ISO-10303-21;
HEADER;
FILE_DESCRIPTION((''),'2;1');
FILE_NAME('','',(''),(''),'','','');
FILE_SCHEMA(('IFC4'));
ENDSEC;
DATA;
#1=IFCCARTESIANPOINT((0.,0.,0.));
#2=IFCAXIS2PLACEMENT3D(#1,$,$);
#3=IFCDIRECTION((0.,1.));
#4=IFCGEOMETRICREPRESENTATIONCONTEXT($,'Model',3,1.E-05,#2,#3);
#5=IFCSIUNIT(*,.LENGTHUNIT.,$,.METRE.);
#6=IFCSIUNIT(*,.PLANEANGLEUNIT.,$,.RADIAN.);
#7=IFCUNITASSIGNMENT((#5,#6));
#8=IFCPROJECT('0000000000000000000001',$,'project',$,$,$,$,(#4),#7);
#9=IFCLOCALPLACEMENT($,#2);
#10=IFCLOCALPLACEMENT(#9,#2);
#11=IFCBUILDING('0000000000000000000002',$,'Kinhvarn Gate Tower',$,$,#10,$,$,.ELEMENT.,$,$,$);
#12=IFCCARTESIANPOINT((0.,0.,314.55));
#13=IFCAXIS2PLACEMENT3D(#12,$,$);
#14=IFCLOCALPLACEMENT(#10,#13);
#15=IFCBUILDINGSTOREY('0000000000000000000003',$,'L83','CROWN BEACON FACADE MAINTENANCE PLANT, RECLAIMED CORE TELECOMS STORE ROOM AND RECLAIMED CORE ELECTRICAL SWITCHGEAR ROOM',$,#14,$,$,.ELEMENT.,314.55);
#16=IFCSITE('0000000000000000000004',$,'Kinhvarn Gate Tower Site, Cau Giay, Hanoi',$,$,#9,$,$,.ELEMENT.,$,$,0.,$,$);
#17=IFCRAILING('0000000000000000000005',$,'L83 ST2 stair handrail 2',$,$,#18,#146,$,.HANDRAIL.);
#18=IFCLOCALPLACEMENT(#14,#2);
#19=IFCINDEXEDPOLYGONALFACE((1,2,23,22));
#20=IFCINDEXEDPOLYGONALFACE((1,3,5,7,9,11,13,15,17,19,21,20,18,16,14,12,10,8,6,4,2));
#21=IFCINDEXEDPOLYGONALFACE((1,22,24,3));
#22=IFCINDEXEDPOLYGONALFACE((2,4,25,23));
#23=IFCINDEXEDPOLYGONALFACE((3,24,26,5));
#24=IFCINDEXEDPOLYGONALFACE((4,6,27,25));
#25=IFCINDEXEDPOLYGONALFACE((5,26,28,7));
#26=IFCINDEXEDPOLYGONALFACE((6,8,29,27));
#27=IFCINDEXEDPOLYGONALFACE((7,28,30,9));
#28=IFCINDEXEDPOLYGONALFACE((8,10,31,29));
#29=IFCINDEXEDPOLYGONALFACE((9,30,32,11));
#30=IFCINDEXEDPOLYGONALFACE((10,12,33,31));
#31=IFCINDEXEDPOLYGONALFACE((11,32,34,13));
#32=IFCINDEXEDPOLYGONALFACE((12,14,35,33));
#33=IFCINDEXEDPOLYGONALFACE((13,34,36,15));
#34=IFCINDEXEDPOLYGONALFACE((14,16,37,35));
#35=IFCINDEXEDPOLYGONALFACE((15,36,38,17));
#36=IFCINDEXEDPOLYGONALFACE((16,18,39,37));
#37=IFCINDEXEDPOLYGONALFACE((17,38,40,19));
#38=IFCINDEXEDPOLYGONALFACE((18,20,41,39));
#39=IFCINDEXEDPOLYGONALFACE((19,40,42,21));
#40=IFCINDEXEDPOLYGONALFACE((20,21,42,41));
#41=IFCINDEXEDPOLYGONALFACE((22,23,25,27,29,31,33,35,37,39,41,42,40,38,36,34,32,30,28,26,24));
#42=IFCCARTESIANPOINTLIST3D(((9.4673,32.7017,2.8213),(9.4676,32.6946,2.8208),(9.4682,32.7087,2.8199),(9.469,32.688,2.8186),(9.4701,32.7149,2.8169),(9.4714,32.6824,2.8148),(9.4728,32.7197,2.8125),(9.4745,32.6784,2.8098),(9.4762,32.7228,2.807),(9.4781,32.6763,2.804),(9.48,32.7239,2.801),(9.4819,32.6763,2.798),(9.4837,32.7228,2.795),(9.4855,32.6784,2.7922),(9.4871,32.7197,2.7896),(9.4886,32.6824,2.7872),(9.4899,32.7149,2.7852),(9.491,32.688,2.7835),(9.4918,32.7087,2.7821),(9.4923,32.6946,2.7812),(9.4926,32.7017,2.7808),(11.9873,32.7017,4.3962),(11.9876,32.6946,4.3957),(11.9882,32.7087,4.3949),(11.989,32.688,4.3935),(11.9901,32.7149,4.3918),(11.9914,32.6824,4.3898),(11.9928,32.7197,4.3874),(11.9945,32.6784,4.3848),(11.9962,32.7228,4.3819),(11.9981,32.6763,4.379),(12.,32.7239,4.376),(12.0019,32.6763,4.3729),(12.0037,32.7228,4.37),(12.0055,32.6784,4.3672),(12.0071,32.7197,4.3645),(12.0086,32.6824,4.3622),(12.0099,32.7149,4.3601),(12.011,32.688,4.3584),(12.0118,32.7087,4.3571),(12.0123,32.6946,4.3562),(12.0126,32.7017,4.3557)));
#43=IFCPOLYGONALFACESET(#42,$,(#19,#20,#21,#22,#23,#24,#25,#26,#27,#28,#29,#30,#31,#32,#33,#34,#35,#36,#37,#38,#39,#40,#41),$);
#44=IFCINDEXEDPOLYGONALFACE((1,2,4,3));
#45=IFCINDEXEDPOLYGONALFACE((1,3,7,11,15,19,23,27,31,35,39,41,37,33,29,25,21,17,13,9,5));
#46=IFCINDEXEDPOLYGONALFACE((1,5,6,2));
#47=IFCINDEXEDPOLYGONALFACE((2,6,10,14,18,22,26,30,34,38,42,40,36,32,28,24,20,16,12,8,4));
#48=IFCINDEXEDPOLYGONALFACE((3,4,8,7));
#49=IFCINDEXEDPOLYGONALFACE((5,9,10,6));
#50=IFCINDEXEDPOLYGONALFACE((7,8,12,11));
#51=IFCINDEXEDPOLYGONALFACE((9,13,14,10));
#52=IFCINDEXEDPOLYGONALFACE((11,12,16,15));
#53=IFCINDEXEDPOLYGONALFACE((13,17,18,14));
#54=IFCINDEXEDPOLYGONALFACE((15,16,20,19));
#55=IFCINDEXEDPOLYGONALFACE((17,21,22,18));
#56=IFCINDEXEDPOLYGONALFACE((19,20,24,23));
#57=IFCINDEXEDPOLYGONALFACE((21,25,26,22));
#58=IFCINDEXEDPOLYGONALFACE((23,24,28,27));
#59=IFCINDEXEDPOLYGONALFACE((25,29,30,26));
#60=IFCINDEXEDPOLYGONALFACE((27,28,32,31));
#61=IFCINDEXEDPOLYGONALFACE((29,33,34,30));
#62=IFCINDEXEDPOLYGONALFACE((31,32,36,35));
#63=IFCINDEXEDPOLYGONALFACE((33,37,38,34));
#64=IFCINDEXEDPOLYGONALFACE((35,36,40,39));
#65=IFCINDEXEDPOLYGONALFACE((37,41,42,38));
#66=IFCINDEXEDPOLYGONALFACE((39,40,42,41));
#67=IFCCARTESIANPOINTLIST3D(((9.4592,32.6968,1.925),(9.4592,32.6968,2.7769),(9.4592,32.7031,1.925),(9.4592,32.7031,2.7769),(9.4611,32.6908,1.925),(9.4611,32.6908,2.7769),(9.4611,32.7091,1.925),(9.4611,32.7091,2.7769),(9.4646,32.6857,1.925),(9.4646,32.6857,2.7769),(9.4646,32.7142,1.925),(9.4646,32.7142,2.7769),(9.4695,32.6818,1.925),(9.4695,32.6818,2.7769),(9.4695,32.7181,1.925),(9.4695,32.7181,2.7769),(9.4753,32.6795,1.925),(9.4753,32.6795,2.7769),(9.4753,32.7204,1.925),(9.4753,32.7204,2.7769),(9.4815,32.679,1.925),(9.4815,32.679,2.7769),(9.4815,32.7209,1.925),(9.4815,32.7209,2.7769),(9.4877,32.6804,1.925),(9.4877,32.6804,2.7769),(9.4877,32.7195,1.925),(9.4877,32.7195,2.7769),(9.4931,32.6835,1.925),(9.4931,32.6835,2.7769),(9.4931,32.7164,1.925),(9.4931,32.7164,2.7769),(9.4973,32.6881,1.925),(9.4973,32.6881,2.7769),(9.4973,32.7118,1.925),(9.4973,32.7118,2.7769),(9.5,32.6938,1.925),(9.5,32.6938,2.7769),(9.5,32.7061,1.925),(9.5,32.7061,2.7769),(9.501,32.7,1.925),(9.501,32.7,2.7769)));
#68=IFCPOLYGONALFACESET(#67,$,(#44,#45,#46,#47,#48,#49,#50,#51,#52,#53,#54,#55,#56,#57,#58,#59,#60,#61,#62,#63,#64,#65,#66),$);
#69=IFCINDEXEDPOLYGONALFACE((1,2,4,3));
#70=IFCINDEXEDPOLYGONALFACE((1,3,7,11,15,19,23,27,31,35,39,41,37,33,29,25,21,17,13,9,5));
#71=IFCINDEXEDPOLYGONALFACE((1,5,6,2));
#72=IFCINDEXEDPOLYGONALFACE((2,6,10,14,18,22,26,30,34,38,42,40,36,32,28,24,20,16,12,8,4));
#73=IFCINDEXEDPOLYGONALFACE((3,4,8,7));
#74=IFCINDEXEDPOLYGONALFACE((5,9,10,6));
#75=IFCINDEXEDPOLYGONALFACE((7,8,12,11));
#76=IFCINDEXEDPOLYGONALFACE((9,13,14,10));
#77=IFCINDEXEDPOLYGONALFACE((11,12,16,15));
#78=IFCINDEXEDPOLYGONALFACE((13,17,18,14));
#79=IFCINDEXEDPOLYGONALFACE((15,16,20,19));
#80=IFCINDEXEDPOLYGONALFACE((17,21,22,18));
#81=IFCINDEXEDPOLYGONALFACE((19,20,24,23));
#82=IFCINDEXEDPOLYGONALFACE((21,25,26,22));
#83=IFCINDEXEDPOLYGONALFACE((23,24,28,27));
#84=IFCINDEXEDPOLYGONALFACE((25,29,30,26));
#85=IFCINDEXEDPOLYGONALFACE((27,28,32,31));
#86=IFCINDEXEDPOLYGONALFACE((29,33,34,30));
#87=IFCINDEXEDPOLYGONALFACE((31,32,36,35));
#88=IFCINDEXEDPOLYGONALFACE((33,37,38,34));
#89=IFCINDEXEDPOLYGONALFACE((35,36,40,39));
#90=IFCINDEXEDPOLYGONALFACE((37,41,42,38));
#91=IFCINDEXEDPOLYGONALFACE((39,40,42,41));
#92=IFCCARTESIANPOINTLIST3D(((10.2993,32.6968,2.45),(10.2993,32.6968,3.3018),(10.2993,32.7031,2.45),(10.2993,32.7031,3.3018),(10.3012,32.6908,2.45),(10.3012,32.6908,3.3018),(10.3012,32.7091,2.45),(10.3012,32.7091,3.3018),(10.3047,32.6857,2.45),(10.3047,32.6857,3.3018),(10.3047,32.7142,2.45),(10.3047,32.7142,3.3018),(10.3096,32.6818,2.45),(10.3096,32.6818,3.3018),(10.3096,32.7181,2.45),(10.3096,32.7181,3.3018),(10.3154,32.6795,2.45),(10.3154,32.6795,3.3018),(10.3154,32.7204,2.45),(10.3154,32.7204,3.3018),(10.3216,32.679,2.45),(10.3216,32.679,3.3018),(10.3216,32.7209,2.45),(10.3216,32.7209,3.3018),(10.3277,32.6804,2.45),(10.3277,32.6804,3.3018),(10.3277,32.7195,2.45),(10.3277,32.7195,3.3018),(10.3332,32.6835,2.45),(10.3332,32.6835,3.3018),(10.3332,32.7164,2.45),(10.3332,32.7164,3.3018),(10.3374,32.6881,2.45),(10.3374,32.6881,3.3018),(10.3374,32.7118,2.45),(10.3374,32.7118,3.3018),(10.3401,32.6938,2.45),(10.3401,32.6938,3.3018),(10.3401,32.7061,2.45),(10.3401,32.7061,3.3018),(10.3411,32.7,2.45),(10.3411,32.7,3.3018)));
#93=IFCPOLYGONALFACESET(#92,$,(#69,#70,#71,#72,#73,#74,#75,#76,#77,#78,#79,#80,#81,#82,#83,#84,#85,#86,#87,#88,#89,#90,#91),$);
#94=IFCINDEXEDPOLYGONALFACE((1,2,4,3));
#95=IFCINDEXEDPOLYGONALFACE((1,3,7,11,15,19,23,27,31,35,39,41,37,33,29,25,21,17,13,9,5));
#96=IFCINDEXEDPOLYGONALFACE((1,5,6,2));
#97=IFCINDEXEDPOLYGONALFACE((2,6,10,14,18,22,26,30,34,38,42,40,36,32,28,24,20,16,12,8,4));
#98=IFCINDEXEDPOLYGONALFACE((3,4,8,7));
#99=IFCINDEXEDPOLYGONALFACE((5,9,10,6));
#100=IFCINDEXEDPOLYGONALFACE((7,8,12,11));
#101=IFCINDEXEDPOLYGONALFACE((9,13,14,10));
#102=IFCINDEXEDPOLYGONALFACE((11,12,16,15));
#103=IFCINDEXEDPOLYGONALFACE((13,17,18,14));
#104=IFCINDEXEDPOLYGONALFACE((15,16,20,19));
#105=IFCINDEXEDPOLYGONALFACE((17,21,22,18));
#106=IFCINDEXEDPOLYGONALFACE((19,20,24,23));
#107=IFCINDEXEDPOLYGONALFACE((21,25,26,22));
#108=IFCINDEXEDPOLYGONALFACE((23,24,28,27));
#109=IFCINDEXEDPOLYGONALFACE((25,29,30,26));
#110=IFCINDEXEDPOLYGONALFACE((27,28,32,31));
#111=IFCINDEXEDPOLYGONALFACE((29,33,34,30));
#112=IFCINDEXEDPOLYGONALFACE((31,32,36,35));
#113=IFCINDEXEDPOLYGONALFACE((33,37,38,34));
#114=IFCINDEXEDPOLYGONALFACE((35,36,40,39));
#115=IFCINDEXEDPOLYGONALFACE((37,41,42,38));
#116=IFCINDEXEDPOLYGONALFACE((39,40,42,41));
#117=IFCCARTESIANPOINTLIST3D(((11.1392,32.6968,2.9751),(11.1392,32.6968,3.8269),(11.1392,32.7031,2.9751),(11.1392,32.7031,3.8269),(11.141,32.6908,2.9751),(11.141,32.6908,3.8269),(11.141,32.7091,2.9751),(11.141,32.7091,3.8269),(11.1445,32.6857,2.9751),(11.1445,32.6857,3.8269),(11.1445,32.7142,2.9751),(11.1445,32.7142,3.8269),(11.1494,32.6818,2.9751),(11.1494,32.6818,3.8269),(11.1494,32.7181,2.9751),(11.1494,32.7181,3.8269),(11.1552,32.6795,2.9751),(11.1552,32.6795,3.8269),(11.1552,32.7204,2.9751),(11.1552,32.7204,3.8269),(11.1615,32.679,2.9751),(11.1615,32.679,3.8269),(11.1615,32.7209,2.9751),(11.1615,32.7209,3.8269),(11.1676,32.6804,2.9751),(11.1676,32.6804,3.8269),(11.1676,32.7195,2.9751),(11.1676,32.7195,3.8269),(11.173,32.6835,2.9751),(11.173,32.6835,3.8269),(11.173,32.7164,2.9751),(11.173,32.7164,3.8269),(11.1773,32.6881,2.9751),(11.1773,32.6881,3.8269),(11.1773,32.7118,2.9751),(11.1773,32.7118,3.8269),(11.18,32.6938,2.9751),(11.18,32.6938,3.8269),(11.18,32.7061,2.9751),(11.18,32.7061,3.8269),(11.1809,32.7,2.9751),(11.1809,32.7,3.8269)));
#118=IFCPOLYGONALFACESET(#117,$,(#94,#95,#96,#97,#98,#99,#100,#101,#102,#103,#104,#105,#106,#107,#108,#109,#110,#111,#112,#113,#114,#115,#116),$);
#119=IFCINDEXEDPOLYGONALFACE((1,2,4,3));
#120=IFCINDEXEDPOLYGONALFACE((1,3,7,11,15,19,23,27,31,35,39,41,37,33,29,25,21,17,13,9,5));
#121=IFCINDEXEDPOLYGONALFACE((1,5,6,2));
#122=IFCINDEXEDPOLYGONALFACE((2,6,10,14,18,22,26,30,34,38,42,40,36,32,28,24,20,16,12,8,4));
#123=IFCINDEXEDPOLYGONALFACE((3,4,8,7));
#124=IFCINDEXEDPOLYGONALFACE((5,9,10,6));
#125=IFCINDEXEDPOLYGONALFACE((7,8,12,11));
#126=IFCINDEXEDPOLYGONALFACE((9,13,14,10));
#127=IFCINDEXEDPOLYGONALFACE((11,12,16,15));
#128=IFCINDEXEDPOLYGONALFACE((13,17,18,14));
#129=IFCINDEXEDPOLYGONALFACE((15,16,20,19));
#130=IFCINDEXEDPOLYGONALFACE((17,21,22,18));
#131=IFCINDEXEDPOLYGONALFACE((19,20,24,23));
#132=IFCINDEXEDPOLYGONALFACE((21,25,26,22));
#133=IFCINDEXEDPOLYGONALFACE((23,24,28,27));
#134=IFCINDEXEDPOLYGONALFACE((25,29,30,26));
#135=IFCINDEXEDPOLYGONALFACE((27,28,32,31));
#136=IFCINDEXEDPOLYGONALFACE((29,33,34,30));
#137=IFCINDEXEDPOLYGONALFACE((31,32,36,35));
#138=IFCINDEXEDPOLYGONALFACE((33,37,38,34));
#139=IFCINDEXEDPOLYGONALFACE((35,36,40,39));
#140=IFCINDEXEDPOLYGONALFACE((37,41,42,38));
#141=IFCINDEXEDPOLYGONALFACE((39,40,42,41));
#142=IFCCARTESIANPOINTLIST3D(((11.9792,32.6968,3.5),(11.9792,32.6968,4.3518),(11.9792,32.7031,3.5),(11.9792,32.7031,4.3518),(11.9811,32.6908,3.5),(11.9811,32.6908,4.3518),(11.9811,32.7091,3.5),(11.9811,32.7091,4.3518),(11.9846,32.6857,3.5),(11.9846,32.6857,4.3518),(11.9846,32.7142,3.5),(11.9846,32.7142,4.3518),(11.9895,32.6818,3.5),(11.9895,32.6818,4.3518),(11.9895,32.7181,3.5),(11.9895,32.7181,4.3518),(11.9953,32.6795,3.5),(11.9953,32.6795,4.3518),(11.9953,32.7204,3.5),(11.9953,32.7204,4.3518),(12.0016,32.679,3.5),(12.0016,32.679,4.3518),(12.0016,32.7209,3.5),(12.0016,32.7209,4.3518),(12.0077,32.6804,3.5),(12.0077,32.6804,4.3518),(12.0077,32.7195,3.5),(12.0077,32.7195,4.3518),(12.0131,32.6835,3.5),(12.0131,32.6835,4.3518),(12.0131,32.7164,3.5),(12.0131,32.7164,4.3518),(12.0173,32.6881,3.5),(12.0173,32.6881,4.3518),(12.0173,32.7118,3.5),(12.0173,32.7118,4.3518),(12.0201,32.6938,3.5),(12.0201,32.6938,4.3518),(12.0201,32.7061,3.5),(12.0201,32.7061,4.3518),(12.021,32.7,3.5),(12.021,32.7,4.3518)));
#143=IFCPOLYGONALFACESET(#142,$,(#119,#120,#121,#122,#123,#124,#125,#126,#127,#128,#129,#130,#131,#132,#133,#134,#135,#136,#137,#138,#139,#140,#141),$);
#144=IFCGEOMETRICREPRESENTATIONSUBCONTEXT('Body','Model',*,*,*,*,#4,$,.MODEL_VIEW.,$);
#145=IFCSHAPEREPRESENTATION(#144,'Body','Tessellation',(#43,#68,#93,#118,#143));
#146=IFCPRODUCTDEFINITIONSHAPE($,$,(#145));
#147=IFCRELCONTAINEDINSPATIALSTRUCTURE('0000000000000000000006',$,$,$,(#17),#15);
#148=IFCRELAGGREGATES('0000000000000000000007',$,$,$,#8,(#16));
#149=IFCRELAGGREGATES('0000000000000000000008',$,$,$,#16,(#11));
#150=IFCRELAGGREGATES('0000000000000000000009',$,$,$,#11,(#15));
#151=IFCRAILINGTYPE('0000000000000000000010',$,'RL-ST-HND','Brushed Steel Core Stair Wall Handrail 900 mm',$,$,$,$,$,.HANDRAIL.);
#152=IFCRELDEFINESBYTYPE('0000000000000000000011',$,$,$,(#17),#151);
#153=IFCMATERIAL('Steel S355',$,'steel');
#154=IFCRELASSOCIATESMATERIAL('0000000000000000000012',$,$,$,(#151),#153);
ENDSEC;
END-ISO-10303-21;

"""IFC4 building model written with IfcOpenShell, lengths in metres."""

from ifc_helpers import new_model, si_unit, direction, frame, origin, origin_2d, place, context, subcontext, project, spatial, circle, extrude, material, type_object, element, save


model = new_model("IFC4")

# Units and contexts
model_context = context("Model", 3, precision=1e-05, world=origin(), true_north=direction((0.0, 1.0)))
body_context = subcontext(model_context, "Body", "Model", "MODEL_VIEW")
ifc_project = project(units=[si_unit("LENGTHUNIT", "METRE"), si_unit("PLANEANGLEUNIT", "RADIAN")], contexts=[model_context])

# Site, building, storey
site_placement = place(None, origin())
site = spatial("IfcSite", under=ifc_project, at=site_placement, Name="Kinhvarn Gate Tower Site, Cau Giay, Hanoi", CompositionType="ELEMENT", RefElevation=0.0)
building_placement = place(site_placement, origin())
building = spatial("IfcBuilding", under=site, at=building_placement, Name="Kinhvarn Gate Tower", CompositionType="ELEMENT")
storey_placement = place(building_placement, frame((0.0, 0.0, 314.55)))
storey = spatial("IfcBuildingStorey", under=building, at=storey_placement, Name="L83", Description="CROWN BEACON FACADE MAINTENANCE PLANT, RECLAIMED CORE TELECOMS STORE ROOM AND RECLAIMED CORE ELECTRICAL SWITCHGEAR ROOM", CompositionType="ELEMENT", Elevation=314.55)

# Railing
ifc_material_1 = material(Name="Steel S355", Category="steel")
railing_type = type_object("IfcRailingType", Name="RL-ST-HND", Description="Brushed Steel Core Stair Wall Handrail 900 mm", PredefinedType="HANDRAIL", material=ifc_material_1)
railing_placement = place(storey_placement, frame((9.48, 32.7, 1.925)))
element("IfcRailing", 1, at=railing_placement, inside=storey, type_object=railing_type, Name="L83 ST2 stair handrail 2", PredefinedType="HANDRAIL", context=body_context, shape_type="SweptSolid", body=[
    extrude(circle(Radius=0.0239, at=origin_2d()), frame((0.0, 0.0, 0.876), z_axis=(0.848008, 0.0, 0.529984), x_axis=(0.0, 1.0, 0.0)), (0.0, 0.0, 1.0), 2.9717),
    extrude(circle(Radius=0.021, at=origin_2d()), origin(), (0.0, 0.0, 1.0), 0.8518),
    extrude(circle(Radius=0.021, at=origin_2d()), frame((0.8401, 0.0, 0.5249)), (0.0, 0.0, 1.0), 0.8518),
    extrude(circle(Radius=0.021, at=origin_2d()), frame((1.6799, 0.0, 1.05)), (0.0, 0.0, 1.0), 0.8518),
    extrude(circle(Radius=0.021, at=origin_2d()), frame((2.52, 0.0, 1.575)), (0.0, 0.0, 1.0), 0.8518),
])

save(model, "model.ifc")
